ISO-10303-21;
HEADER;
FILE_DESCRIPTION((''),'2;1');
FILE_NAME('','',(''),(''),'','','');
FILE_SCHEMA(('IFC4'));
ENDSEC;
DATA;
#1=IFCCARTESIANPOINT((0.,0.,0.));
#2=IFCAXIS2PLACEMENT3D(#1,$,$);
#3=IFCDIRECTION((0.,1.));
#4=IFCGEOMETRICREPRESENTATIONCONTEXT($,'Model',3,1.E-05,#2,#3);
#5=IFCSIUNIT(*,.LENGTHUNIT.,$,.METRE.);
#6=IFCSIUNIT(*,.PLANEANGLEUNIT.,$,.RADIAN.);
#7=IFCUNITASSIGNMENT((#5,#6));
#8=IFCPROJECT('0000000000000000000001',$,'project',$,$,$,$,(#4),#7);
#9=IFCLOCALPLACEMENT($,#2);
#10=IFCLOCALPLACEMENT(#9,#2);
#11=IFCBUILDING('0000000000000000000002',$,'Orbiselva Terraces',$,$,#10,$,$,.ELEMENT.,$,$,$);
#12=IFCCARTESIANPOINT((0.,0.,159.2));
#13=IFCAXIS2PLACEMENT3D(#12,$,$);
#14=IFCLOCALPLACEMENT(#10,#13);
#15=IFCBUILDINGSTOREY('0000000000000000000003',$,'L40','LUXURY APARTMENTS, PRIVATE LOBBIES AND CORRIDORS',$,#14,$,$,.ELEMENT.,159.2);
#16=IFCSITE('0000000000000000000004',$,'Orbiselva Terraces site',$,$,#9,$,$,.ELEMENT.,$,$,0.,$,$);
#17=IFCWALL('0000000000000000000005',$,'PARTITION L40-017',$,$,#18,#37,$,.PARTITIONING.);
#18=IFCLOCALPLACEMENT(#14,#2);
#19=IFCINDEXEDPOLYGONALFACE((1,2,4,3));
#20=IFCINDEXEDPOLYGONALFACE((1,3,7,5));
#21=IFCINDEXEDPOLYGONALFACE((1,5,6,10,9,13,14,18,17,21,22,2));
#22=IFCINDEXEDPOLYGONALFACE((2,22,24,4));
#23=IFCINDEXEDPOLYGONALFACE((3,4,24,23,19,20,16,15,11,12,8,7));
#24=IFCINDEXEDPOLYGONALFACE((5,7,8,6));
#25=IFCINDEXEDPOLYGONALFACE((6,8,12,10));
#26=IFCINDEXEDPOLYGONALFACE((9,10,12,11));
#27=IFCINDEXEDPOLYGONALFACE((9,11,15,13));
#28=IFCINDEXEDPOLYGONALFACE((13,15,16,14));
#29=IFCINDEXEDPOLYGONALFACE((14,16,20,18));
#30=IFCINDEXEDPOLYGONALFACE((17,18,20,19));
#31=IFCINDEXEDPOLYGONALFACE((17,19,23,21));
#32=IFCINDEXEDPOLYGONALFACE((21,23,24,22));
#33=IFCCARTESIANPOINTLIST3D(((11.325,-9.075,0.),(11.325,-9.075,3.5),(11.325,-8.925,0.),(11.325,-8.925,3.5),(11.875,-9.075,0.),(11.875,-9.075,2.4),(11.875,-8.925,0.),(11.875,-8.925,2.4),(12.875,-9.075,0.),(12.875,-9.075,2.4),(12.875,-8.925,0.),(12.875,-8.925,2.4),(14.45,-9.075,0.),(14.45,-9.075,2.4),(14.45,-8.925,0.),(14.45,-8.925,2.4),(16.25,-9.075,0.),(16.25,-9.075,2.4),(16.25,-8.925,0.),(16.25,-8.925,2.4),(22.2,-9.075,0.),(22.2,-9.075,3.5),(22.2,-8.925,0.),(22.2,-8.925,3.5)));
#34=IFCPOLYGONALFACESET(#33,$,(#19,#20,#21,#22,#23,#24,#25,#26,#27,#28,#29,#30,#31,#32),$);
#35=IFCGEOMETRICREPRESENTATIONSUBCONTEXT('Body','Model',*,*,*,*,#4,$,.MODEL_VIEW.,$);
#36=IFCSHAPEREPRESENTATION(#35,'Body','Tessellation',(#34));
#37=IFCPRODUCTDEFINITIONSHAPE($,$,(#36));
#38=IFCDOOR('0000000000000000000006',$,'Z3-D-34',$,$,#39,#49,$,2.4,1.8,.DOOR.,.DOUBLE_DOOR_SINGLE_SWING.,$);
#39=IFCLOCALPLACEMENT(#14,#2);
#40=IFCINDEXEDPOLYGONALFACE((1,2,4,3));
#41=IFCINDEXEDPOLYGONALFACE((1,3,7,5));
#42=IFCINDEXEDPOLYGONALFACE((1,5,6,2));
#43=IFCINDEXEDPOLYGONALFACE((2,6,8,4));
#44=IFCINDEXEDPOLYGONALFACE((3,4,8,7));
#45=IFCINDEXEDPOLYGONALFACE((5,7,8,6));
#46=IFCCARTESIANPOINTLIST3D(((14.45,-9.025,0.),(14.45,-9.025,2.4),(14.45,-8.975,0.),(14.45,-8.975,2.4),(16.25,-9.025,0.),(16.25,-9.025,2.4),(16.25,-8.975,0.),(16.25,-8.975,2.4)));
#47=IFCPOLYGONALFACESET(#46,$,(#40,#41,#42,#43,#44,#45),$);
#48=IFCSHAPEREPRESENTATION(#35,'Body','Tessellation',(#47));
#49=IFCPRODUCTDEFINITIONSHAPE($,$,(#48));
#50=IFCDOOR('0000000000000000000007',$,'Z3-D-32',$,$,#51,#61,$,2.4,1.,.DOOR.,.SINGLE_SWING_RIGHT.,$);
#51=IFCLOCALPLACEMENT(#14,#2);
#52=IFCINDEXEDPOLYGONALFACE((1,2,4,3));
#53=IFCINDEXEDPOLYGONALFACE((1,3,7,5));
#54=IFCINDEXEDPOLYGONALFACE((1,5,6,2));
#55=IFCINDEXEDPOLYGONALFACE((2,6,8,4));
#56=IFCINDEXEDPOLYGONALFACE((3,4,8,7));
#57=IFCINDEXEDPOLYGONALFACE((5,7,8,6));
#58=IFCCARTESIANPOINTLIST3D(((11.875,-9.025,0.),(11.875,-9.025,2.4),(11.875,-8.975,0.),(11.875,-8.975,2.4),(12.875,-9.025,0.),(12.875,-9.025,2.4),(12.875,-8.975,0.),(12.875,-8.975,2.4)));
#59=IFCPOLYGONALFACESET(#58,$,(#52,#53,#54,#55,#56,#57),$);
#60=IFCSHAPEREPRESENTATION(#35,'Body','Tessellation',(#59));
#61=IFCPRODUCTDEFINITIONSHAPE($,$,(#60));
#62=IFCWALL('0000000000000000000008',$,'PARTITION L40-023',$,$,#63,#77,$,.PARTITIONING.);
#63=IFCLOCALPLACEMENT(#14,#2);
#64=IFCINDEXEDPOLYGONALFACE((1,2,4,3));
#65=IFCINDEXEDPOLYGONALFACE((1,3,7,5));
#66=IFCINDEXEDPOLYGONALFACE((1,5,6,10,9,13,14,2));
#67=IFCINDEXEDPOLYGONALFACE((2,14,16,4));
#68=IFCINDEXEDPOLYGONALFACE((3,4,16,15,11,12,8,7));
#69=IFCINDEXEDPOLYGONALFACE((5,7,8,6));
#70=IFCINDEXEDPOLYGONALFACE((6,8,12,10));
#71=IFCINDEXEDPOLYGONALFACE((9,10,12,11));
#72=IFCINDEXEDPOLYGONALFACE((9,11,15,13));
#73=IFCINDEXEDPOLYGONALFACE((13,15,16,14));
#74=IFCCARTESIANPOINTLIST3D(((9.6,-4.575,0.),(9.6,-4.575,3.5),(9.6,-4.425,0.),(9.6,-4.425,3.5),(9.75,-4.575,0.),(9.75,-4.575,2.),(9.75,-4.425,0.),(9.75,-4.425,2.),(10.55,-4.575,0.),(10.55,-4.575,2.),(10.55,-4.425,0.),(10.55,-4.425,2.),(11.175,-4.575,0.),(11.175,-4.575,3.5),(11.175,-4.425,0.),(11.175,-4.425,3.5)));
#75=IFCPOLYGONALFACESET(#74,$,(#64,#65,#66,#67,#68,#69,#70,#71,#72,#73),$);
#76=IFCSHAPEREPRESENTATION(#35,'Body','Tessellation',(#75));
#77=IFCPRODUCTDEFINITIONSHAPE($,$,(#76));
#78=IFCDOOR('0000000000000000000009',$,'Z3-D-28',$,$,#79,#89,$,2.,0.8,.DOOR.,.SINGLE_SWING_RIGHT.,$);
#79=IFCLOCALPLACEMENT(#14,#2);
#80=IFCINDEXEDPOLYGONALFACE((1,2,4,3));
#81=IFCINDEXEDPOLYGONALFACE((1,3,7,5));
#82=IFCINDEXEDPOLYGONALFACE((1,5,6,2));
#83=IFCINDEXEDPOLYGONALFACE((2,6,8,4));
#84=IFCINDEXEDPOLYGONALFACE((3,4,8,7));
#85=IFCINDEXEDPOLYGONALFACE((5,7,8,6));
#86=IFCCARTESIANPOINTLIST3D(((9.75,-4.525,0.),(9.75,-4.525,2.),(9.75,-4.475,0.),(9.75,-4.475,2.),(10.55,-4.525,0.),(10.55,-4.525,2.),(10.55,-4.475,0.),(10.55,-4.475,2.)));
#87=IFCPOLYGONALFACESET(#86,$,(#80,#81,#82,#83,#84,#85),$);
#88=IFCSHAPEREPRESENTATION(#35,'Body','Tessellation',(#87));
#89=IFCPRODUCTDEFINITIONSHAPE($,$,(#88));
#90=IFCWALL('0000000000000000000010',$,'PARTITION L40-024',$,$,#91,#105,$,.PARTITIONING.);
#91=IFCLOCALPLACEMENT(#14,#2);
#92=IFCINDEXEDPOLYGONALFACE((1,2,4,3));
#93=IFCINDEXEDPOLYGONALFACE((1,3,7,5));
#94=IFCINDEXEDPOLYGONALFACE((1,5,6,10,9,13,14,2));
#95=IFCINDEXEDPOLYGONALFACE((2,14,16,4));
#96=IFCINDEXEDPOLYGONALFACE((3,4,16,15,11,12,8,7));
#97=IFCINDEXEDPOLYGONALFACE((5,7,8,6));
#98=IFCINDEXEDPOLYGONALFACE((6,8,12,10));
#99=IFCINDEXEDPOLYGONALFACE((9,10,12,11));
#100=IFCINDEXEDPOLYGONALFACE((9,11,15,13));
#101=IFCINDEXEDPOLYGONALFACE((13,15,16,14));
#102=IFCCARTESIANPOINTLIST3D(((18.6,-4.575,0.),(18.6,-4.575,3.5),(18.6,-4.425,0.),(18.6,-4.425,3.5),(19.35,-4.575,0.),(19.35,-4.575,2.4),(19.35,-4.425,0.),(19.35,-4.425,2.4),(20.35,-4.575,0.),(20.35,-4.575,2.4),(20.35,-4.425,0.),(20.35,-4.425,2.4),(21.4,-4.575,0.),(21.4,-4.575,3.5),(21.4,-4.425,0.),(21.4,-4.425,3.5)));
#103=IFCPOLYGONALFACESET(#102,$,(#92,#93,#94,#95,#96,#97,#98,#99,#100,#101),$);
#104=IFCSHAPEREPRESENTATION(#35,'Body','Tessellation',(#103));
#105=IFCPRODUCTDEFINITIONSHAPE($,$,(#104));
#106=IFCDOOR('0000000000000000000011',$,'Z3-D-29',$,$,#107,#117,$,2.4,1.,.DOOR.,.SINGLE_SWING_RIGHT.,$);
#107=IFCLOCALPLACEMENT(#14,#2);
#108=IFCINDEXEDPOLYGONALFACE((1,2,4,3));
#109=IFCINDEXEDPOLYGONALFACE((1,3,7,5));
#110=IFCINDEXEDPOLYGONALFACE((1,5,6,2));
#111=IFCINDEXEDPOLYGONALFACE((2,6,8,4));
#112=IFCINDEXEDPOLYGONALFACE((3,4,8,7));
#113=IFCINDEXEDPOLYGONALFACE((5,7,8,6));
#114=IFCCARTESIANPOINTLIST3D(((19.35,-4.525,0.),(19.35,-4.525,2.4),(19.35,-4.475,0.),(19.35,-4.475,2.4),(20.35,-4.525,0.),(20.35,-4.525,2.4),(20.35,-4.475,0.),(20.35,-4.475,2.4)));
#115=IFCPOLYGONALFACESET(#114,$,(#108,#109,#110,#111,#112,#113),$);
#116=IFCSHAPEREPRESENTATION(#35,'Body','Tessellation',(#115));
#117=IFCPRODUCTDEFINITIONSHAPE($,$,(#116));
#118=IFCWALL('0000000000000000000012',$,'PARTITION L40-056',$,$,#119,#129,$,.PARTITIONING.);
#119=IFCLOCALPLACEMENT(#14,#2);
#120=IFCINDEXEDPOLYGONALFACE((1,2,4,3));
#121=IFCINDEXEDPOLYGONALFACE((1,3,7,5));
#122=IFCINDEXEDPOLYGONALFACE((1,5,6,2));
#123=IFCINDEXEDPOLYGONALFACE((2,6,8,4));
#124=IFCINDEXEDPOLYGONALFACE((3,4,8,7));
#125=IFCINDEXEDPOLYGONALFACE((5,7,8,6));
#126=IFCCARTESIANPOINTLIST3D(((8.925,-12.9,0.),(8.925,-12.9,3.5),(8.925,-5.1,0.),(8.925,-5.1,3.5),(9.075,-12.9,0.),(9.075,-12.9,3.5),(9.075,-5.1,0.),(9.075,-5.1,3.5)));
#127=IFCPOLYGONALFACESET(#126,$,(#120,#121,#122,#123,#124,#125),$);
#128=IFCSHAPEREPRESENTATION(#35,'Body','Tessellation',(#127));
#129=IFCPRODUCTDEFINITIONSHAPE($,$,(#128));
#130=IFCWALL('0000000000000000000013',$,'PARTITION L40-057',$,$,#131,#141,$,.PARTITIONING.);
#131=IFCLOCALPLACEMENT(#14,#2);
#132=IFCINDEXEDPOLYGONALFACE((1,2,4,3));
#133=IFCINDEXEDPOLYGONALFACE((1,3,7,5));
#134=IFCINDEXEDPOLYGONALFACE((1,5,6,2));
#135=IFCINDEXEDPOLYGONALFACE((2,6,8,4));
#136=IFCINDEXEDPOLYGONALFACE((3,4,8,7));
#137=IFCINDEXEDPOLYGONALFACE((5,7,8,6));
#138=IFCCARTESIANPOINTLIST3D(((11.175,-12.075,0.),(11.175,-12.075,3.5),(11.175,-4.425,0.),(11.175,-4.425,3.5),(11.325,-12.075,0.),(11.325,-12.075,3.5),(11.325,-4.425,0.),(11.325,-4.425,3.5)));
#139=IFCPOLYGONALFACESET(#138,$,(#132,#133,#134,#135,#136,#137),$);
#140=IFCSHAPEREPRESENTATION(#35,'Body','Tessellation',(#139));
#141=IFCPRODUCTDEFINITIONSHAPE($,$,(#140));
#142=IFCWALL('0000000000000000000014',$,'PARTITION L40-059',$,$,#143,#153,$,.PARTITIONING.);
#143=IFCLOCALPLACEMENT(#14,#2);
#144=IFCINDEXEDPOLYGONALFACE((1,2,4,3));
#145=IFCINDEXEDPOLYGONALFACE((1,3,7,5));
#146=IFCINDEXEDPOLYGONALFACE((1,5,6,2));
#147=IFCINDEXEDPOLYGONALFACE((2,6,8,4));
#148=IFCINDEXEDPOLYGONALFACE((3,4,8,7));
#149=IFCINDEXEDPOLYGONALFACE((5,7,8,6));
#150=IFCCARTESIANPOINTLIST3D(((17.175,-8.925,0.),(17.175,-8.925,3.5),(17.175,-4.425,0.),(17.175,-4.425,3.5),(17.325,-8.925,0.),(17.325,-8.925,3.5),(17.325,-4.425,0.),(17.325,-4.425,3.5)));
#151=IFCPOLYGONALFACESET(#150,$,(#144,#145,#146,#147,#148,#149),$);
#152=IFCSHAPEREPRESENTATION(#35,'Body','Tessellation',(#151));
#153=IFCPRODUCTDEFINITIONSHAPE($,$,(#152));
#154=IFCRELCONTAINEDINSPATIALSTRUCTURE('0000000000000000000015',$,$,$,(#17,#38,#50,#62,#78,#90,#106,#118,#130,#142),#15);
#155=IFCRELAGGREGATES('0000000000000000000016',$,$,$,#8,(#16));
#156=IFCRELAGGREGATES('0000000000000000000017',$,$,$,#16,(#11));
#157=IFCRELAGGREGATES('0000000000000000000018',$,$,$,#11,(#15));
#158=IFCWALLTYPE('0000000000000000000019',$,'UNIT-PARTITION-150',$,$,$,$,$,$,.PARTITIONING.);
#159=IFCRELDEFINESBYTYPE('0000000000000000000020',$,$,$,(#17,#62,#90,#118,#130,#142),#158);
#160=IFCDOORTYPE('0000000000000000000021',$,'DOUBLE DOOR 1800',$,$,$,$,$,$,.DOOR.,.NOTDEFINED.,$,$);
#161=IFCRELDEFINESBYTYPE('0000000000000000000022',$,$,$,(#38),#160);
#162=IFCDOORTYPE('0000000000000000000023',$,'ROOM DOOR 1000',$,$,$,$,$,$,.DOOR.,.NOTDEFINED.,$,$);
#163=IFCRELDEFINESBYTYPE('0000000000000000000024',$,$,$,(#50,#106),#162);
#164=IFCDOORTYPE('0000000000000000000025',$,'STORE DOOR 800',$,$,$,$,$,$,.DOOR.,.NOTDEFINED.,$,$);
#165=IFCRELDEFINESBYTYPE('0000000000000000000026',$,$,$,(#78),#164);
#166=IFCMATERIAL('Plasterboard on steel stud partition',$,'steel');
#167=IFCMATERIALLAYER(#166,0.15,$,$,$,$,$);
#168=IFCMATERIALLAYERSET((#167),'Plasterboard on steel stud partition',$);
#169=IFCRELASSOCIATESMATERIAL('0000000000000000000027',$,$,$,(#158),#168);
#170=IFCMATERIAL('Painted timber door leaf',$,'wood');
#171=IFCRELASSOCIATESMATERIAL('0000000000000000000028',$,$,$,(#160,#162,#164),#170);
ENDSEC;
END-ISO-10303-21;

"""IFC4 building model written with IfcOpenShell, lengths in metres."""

from ifc_helpers import new_model, si_unit, direction, frame, frame_2d, origin, place, context, subcontext, project, spatial, rectangle, extrude, material, layer, layer_set, type_object, element, fill, save


model = new_model("IFC4")

# Units and contexts
model_context = context("Model", 3, precision=1e-05, world=origin(), true_north=direction((0.0, 1.0)))
body_context = subcontext(model_context, "Body", "Model", "MODEL_VIEW")
ifc_project = project(units=[si_unit("LENGTHUNIT", "METRE"), si_unit("PLANEANGLEUNIT", "RADIAN")], contexts=[model_context])

# Site, building, storey
site_placement = place(None, origin())
site = spatial("IfcSite", under=ifc_project, at=site_placement, Name="Orbiselva Terraces site", CompositionType="ELEMENT", RefElevation=0.0)
building_placement = place(site_placement, origin())
building = spatial("IfcBuilding", under=site, at=building_placement, Name="Orbiselva Terraces", CompositionType="ELEMENT")
storey_placement = place(building_placement, frame((0.0, 0.0, 159.2)))
storey = spatial("IfcBuildingStorey", under=building, at=storey_placement, Name="L40", Description="LUXURY APARTMENTS, PRIVATE LOBBIES AND CORRIDORS", CompositionType="ELEMENT", Elevation=159.2)

# Shared definitions
ifc_material_1 = material(Name="Plasterboard on steel stud partition", Category="steel")

# Shared definitions
ifc_layer_1 = layer(ifc_material_1, 0.15)
ifc_layer_set_1 = layer_set([ifc_layer_1], Name="Plasterboard on steel stud partition")
wall_type_1 = type_object("IfcWallType", Name="UNIT-PARTITION-150", PredefinedType="PARTITIONING", material=ifc_layer_set_1)
ifc_material_2 = material(Name="Painted timber door leaf", Category="wood")

# Wall, openings, doors
wall_1_placement = place(storey_placement, frame((22.2, -9.0, 0.0), z_axis=(0.0, 0.0, 1.0), x_axis=(-1.0, 0.0, 0.0)))
wall_1 = element("IfcWall", 1, at=wall_1_placement, inside=storey, type_object=wall_type_1, Name="PARTITION L40-017", PredefinedType="PARTITIONING", context=body_context, shape_type="SweptSolid", body=[
    extrude(rectangle(XDim=10.875, YDim=0.15, at=frame_2d((5.4375, 0.0))), origin(), (0.0, 0.0, 1.0), 3.5),
])
opening_1_placement = place(wall_1_placement, frame((9.325, 0.0, 0.0)))
opening_1 = element("IfcOpeningElement", 2, at=opening_1_placement, cuts=wall_1, PredefinedType="OPENING", context=body_context, shape_type="SweptSolid", body=[
    extrude(rectangle(XDim=1.0, YDim=2.4, at=frame_2d((0.5, 1.2))), frame((0.0, 0.085, 0.0), z_axis=(0.0, -1.0, 0.0), x_axis=(1.0, 0.0, 0.0)), (0.0, 0.0, 1.0), 0.17),
])
opening_2_placement = place(wall_1_placement, frame((5.95, 0.0, 0.0)))
opening_2 = element("IfcOpeningElement", 3, at=opening_2_placement, cuts=wall_1, PredefinedType="OPENING", context=body_context, shape_type="SweptSolid", body=[
    extrude(rectangle(XDim=1.8, YDim=2.4, at=frame_2d((0.9, 1.2))), frame((0.0, 0.085, 0.0), z_axis=(0.0, -1.0, 0.0), x_axis=(1.0, 0.0, 0.0)), (0.0, 0.0, 1.0), 0.17),
])
door_type_1 = type_object("IfcDoorType", Name="DOUBLE DOOR 1800", OperationType="NOTDEFINED", PredefinedType="DOOR", material=ifc_material_2)
door_1_placement = place(opening_2_placement, origin())
door_1 = element("IfcDoor", 4, at=door_1_placement, inside=storey, type_object=door_type_1, Name="Z3-D-34", OperationType="DOUBLE_DOOR_SINGLE_SWING", OverallHeight=2.4, OverallWidth=1.8, PredefinedType="DOOR", context=body_context, shape_type="SweptSolid", body=[
    extrude(rectangle(XDim=1.8, YDim=2.4, at=frame_2d((0.9, 1.2))), frame((0.0, 0.025, 0.0), z_axis=(0.0, -1.0, 0.0), x_axis=(1.0, 0.0, 0.0)), (0.0, 0.0, 1.0), 0.05),
])
fill(opening_2, door_1)
door_type_2 = type_object("IfcDoorType", Name="ROOM DOOR 1000", OperationType="NOTDEFINED", PredefinedType="DOOR", material=ifc_material_2)
door_2_placement = place(opening_1_placement, origin())
door_2 = element("IfcDoor", 5, at=door_2_placement, inside=storey, type_object=door_type_2, Name="Z3-D-32", OperationType="SINGLE_SWING_RIGHT", OverallHeight=2.4, OverallWidth=1.0, PredefinedType="DOOR", context=body_context, shape_type="SweptSolid", body=[
    extrude(rectangle(XDim=1.0, YDim=2.4, at=frame_2d((0.5, 1.2))), frame((0.0, 0.025, 0.0), z_axis=(0.0, -1.0, 0.0), x_axis=(1.0, 0.0, 0.0)), (0.0, 0.0, 1.0), 0.05),
])
fill(opening_1, door_2)

# Walls, openings, doors
wall_2_placement = place(storey_placement, frame((11.175, -4.5, 0.0), z_axis=(0.0, 0.0, 1.0), x_axis=(-1.0, 0.0, 0.0)))
wall_2 = element("IfcWall", 6, at=wall_2_placement, inside=storey, type_object=wall_type_1, Name="PARTITION L40-023", PredefinedType="PARTITIONING", context=body_context, shape_type="SweptSolid", body=[
    extrude(rectangle(XDim=1.575, YDim=0.15, at=frame_2d((0.7875, 0.0))), origin(), (0.0, 0.0, 1.0), 3.5),
])
opening_3_placement = place(wall_2_placement, frame((0.625, 0.0, 0.0)))
opening_3 = element("IfcOpeningElement", 7, at=opening_3_placement, cuts=wall_2, PredefinedType="OPENING", context=body_context, shape_type="SweptSolid", body=[
    extrude(rectangle(XDim=0.8, YDim=2.0, at=frame_2d((0.4, 1.0))), frame((0.0, 0.085, 0.0), z_axis=(0.0, -1.0, 0.0), x_axis=(1.0, 0.0, 0.0)), (0.0, 0.0, 1.0), 0.17),
])
door_type_3 = type_object("IfcDoorType", Name="STORE DOOR 800", OperationType="NOTDEFINED", PredefinedType="DOOR", material=ifc_material_2)
door_3_placement = place(opening_3_placement, origin())
door_3 = element("IfcDoor", 8, at=door_3_placement, inside=storey, type_object=door_type_3, Name="Z3-D-28", OperationType="SINGLE_SWING_RIGHT", OverallHeight=2.0, OverallWidth=0.8, PredefinedType="DOOR", context=body_context, shape_type="SweptSolid", body=[
    extrude(rectangle(XDim=0.8, YDim=2.0, at=frame_2d((0.4, 1.0))), frame((0.0, 0.025, 0.0), z_axis=(0.0, -1.0, 0.0), x_axis=(1.0, 0.0, 0.0)), (0.0, 0.0, 1.0), 0.05),
])
fill(opening_3, door_3)
wall_3_placement = place(storey_placement, frame((21.4, -4.5, 0.0), z_axis=(0.0, 0.0, 1.0), x_axis=(-1.0, 0.0, 0.0)))
wall_3 = element("IfcWall", 9, at=wall_3_placement, inside=storey, type_object=wall_type_1, Name="PARTITION L40-024", PredefinedType="PARTITIONING", context=body_context, shape_type="SweptSolid", body=[
    extrude(rectangle(XDim=2.8, YDim=0.15, at=frame_2d((1.4, 0.0))), origin(), (0.0, 0.0, 1.0), 3.5),
])
opening_4_placement = place(wall_3_placement, frame((1.05, 0.0, 0.0)))
opening_4 = element("IfcOpeningElement", 10, at=opening_4_placement, cuts=wall_3, PredefinedType="OPENING", context=body_context, shape_type="SweptSolid", body=[
    extrude(rectangle(XDim=1.0, YDim=2.4, at=frame_2d((0.5, 1.2))), frame((0.0, 0.085, 0.0), z_axis=(0.0, -1.0, 0.0), x_axis=(1.0, 0.0, 0.0)), (0.0, 0.0, 1.0), 0.17),
])
door_4_placement = place(opening_4_placement, origin())
door_4 = element("IfcDoor", 11, at=door_4_placement, inside=storey, type_object=door_type_2, Name="Z3-D-29", OperationType="SINGLE_SWING_RIGHT", OverallHeight=2.4, OverallWidth=1.0, PredefinedType="DOOR", context=body_context, shape_type="SweptSolid", body=[
    extrude(rectangle(XDim=1.0, YDim=2.4, at=frame_2d((0.5, 1.2))), frame((0.0, 0.025, 0.0), z_axis=(0.0, -1.0, 0.0), x_axis=(1.0, 0.0, 0.0)), (0.0, 0.0, 1.0), 0.05),
])
fill(opening_4, door_4)

# Walls
wall_4_placement = place(storey_placement, frame((9.0, -12.9, 0.0), z_axis=(0.0, 0.0, 1.0), x_axis=(0.0, 1.0, 0.0)))
element("IfcWall", 12, at=wall_4_placement, inside=storey, type_object=wall_type_1, Name="PARTITION L40-056", PredefinedType="PARTITIONING", context=body_context, shape_type="SweptSolid", body=[
    extrude(rectangle(XDim=7.8, YDim=0.15, at=frame_2d((3.9, 0.0))), origin(), (0.0, 0.0, 1.0), 3.5),
])
wall_5_placement = place(storey_placement, frame((11.25, -12.075, 0.0), z_axis=(0.0, 0.0, 1.0), x_axis=(0.0, 1.0, 0.0)))
element("IfcWall", 13, at=wall_5_placement, inside=storey, type_object=wall_type_1, Name="PARTITION L40-057", PredefinedType="PARTITIONING", context=body_context, shape_type="SweptSolid", body=[
    extrude(rectangle(XDim=7.65, YDim=0.15, at=frame_2d((3.825, 0.0))), origin(), (0.0, 0.0, 1.0), 3.5),
])
wall_6_placement = place(storey_placement, frame((17.25, -8.925, 0.0), z_axis=(0.0, 0.0, 1.0), x_axis=(0.0, 1.0, 0.0)))
element("IfcWall", 14, at=wall_6_placement, inside=storey, type_object=wall_type_1, Name="PARTITION L40-059", PredefinedType="PARTITIONING", context=body_context, shape_type="SweptSolid", body=[
    extrude(rectangle(XDim=4.5, YDim=0.15, at=frame_2d((2.25, 0.0))), origin(), (0.0, 0.0, 1.0), 3.5),
])

save(model, "model.ifc")
